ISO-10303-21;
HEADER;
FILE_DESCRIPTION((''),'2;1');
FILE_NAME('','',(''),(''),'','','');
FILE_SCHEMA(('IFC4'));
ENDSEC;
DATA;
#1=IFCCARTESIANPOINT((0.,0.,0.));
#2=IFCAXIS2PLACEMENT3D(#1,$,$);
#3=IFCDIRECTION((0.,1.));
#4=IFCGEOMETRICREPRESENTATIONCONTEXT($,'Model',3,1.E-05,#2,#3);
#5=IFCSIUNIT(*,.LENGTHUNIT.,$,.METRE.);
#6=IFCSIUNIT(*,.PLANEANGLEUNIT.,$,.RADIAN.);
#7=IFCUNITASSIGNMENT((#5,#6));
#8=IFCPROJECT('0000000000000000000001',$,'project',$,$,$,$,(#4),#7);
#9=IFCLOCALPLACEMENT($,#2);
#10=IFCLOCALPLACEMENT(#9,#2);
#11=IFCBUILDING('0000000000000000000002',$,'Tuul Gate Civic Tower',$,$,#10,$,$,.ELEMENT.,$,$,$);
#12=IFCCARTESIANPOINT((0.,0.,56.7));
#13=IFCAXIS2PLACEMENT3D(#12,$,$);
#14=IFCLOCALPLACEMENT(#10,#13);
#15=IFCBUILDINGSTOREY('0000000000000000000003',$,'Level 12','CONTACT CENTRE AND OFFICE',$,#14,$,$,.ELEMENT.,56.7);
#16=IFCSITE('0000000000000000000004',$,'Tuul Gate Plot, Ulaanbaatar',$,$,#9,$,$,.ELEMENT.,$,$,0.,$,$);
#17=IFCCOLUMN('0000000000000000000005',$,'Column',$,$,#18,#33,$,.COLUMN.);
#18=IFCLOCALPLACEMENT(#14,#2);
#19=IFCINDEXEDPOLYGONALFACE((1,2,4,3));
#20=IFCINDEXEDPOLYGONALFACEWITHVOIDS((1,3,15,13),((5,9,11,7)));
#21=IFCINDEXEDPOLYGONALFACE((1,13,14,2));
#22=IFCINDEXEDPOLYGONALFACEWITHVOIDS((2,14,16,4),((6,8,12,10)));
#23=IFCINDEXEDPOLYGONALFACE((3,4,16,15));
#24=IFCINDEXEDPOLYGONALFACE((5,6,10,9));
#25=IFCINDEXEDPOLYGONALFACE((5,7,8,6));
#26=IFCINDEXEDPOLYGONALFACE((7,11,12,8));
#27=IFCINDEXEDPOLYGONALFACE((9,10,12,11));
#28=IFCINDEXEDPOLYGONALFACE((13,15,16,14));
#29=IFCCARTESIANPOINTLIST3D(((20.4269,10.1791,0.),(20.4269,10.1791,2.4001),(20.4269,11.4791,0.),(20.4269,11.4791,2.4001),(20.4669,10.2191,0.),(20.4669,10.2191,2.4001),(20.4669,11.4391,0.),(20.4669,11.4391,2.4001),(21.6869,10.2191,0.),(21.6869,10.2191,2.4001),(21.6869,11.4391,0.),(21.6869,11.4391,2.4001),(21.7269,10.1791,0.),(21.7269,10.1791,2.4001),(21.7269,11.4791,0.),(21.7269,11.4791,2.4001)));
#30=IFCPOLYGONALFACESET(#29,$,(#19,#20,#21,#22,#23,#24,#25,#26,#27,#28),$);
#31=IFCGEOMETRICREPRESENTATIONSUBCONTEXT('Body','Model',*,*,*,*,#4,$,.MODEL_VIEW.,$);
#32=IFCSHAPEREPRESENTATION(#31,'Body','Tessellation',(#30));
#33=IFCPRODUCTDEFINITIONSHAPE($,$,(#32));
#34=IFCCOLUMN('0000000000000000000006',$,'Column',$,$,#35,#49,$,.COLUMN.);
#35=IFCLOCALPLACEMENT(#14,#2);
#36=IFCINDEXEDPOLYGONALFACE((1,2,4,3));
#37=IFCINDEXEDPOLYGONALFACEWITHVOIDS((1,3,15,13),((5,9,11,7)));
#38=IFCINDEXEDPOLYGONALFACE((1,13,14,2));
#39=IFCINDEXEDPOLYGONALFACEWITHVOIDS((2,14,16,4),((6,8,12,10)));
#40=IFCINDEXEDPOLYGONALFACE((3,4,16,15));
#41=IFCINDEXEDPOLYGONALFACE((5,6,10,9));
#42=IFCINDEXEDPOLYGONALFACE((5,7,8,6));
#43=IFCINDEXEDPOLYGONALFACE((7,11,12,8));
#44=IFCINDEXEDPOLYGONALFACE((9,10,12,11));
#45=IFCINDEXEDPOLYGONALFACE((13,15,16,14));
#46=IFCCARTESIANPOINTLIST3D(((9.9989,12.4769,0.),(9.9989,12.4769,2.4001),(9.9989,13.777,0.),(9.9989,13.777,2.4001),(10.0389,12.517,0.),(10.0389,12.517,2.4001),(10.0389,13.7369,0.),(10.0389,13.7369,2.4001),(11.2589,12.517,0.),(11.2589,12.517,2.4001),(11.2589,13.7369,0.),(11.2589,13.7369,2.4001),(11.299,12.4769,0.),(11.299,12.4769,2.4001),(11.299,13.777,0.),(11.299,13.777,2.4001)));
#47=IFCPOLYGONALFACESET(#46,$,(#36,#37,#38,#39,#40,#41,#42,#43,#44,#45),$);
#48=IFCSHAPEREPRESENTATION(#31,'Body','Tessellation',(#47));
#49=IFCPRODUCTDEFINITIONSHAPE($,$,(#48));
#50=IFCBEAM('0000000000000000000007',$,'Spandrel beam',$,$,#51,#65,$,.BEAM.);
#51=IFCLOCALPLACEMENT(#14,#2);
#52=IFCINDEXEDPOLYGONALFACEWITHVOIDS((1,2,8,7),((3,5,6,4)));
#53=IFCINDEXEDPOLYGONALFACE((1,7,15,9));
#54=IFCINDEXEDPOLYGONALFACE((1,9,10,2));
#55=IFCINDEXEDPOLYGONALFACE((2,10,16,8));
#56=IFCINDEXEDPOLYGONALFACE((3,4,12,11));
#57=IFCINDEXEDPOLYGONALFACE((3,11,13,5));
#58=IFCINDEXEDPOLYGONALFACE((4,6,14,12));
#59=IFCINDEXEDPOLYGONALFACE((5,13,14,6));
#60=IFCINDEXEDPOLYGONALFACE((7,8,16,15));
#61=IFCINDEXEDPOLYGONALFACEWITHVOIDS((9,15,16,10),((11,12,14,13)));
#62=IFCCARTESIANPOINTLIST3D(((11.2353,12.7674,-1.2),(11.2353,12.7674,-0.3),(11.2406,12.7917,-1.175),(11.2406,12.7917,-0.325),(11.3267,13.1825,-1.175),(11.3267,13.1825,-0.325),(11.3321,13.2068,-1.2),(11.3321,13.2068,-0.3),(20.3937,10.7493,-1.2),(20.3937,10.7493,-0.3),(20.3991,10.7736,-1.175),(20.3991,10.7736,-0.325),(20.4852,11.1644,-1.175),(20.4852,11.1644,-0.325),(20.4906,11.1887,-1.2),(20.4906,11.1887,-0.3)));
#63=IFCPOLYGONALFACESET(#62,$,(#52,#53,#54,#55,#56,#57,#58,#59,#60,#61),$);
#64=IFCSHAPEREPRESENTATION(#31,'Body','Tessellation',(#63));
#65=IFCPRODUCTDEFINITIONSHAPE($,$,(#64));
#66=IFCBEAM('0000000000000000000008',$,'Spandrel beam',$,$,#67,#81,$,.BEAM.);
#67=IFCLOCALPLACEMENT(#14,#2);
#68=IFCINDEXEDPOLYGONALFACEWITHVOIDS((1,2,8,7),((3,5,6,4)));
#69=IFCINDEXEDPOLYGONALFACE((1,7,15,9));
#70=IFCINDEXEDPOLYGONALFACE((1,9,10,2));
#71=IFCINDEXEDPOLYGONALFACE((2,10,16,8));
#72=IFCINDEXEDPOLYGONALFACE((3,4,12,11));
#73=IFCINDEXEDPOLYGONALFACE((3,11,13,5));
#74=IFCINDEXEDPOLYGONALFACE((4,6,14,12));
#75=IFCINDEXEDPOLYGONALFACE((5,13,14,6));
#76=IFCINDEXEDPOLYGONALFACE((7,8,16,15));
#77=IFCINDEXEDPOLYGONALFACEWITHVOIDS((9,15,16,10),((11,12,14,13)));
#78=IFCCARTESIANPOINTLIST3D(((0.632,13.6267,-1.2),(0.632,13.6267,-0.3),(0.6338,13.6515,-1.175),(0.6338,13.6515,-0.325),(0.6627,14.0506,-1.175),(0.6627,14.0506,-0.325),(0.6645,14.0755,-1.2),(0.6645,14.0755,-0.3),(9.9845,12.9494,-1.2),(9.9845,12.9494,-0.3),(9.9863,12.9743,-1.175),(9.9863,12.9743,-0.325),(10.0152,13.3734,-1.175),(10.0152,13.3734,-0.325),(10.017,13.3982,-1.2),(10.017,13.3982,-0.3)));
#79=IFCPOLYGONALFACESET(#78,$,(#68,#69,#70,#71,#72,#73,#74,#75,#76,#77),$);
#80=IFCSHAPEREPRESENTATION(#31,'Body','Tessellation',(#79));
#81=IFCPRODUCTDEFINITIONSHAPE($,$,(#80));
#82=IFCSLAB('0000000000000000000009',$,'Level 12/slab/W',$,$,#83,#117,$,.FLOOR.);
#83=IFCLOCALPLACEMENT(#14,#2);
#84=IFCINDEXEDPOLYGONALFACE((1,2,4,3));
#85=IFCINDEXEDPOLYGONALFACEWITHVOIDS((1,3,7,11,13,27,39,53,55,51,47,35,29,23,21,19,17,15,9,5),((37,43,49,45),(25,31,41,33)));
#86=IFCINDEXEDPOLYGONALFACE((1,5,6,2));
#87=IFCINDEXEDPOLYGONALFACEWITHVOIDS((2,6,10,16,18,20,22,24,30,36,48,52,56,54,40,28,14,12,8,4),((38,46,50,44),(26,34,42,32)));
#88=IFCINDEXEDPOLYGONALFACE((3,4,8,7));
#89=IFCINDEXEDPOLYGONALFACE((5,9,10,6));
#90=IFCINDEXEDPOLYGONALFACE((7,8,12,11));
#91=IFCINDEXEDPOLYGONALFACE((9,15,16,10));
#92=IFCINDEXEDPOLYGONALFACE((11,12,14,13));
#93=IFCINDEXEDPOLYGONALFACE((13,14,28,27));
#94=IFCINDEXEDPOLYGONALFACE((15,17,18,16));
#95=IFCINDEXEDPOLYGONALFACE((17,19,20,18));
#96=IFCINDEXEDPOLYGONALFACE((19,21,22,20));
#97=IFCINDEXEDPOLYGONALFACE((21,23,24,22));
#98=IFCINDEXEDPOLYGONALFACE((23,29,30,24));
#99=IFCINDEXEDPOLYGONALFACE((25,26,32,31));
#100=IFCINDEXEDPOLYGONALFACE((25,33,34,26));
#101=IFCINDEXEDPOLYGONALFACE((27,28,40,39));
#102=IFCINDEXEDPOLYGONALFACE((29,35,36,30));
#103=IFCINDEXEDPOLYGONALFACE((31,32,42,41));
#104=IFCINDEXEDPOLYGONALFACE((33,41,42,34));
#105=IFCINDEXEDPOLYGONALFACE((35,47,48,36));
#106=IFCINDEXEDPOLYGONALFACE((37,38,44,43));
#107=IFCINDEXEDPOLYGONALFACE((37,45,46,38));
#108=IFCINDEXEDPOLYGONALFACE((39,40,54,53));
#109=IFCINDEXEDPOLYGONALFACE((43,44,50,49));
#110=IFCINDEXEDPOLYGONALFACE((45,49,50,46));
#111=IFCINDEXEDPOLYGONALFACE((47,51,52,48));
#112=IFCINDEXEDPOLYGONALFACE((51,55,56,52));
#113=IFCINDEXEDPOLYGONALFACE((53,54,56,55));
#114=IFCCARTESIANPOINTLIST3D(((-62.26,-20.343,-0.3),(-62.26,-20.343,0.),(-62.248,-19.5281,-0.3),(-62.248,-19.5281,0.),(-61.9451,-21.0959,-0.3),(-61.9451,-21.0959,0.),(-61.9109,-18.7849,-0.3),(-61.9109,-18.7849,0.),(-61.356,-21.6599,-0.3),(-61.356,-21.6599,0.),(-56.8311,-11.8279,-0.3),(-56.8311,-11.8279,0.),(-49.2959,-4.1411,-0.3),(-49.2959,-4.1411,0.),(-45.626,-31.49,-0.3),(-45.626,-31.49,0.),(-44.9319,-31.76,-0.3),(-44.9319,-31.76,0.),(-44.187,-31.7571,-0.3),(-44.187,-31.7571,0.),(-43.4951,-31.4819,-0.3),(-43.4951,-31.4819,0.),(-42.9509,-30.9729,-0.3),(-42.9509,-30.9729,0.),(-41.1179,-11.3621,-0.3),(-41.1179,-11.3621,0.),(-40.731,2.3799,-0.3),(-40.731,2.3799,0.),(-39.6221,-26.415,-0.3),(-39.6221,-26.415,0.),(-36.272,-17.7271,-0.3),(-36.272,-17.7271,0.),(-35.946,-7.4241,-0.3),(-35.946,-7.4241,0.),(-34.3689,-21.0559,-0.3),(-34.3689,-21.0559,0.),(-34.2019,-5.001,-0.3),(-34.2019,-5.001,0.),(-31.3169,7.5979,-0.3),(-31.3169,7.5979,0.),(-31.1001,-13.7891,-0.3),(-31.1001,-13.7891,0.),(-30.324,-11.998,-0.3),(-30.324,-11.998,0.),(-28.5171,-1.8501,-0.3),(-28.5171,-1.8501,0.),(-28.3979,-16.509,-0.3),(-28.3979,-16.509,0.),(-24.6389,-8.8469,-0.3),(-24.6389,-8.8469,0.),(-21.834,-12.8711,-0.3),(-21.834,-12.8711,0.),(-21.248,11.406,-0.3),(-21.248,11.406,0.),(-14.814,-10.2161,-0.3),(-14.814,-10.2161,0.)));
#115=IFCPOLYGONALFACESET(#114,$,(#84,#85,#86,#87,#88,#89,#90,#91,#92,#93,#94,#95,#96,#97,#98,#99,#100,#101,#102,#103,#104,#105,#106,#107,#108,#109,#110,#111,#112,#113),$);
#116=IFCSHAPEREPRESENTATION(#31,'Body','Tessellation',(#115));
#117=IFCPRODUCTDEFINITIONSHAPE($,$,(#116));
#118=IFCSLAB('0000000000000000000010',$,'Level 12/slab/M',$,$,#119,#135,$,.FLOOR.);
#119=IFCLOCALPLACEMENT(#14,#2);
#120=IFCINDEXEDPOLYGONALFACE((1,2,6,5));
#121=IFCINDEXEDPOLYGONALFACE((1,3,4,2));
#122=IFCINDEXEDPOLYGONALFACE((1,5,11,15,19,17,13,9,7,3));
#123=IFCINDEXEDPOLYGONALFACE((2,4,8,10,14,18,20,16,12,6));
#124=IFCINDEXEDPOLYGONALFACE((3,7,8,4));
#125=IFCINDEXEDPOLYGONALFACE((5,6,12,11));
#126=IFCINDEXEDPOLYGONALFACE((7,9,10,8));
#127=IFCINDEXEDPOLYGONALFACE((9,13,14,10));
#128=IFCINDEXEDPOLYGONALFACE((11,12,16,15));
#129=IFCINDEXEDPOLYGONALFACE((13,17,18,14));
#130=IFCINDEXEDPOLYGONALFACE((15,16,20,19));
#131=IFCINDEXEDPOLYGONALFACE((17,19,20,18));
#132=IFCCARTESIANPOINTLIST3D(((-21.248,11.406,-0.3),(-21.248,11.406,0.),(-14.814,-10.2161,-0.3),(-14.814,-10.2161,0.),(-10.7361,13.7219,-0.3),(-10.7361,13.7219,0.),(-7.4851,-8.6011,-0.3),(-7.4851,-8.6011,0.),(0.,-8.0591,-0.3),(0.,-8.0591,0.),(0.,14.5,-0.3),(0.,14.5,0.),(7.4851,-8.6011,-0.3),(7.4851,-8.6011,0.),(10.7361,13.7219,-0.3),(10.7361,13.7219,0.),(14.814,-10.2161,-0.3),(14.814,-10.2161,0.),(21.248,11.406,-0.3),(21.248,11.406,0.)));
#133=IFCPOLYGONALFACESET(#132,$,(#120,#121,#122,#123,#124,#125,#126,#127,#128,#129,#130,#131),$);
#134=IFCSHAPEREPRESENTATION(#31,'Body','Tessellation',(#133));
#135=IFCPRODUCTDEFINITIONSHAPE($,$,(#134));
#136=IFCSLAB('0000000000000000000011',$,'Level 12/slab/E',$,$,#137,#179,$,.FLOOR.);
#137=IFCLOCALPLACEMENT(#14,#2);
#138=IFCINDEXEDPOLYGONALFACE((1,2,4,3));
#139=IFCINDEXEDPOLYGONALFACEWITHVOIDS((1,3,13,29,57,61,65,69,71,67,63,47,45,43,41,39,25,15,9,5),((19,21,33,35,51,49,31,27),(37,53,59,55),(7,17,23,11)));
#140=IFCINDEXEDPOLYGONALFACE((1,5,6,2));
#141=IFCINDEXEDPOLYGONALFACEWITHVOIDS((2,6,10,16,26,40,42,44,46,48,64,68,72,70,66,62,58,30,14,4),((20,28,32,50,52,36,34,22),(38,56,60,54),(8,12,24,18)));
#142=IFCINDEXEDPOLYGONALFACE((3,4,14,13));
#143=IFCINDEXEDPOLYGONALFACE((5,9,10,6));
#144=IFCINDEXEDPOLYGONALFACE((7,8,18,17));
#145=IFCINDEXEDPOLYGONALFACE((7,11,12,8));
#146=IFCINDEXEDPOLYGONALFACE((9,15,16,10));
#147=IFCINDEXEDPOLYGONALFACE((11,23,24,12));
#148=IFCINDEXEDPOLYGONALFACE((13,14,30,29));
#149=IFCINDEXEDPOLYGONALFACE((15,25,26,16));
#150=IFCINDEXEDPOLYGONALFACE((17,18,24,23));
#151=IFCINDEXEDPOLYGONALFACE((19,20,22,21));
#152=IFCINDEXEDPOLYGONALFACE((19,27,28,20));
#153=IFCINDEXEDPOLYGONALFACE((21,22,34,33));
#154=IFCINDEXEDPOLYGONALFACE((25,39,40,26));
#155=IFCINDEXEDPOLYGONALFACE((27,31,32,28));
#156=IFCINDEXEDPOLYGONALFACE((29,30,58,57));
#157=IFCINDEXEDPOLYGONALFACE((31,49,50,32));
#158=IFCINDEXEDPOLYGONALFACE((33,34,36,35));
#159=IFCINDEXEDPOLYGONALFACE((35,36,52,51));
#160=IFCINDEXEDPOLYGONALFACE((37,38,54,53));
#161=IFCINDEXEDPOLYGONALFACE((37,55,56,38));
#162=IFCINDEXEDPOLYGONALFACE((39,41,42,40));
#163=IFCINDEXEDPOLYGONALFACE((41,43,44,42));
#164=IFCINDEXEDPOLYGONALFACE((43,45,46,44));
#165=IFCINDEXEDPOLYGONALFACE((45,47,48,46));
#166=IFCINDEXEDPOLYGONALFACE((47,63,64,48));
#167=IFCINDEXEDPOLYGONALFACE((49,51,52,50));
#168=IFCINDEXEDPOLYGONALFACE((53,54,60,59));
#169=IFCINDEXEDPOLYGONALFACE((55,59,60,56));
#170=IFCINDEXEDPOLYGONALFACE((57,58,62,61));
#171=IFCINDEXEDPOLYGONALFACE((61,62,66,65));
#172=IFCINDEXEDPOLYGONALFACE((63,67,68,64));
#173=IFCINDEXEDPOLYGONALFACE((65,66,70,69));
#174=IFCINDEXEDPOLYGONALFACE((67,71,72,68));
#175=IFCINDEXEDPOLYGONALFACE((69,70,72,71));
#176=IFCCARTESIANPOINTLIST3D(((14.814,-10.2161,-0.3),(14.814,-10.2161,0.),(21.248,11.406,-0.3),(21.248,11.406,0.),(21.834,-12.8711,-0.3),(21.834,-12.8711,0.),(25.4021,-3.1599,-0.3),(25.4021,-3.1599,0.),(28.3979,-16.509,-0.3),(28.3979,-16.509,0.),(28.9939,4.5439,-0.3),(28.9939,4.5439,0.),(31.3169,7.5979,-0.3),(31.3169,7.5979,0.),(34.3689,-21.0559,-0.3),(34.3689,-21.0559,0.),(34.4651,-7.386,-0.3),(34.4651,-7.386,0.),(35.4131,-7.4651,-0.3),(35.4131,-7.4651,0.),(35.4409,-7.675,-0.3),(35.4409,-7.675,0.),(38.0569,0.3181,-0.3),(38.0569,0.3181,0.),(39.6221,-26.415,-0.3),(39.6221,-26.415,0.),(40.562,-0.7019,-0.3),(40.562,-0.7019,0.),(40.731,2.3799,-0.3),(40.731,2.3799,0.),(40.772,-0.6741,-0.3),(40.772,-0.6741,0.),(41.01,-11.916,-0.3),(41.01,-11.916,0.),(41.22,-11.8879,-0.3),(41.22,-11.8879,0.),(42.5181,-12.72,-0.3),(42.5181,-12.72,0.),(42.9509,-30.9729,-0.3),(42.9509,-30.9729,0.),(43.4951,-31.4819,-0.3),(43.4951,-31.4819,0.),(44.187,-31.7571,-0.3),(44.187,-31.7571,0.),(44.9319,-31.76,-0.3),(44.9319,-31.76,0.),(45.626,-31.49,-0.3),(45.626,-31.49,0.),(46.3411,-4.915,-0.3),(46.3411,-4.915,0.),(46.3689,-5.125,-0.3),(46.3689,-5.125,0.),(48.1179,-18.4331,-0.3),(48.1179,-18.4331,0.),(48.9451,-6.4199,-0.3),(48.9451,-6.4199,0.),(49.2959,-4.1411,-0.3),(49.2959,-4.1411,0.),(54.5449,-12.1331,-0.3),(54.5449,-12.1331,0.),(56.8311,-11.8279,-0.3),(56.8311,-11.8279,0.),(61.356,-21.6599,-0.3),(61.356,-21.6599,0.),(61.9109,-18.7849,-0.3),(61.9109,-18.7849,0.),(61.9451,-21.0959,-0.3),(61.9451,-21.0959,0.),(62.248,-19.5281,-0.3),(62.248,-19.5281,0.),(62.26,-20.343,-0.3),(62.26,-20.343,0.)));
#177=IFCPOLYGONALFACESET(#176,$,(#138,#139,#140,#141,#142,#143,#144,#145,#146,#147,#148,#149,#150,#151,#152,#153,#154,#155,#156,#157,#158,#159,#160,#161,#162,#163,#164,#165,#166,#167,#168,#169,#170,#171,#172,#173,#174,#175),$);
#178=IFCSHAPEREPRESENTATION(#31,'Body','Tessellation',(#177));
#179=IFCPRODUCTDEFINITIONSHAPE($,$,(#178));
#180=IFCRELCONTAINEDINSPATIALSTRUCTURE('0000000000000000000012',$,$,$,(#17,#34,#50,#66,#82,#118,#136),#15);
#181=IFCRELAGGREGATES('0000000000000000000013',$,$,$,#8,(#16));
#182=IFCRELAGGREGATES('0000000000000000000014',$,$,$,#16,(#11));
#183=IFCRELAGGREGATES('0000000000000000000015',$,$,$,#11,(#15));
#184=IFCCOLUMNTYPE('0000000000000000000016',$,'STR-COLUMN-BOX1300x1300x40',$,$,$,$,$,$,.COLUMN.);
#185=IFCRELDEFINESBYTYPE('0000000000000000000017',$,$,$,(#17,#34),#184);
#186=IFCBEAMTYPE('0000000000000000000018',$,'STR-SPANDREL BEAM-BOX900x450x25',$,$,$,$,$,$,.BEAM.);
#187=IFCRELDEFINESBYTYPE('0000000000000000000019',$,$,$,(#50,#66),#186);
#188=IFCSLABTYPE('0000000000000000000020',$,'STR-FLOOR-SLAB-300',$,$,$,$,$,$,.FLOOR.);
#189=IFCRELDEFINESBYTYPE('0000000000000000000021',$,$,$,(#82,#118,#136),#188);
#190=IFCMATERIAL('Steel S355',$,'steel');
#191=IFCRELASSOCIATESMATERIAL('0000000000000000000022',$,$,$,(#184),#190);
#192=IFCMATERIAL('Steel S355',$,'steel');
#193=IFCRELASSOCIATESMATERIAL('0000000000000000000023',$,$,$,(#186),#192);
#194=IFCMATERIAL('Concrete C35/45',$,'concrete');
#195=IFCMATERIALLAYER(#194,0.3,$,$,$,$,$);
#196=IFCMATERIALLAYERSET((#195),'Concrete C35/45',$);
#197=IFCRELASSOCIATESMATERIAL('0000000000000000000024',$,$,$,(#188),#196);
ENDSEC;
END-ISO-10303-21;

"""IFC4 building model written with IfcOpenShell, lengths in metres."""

from ifc_helpers import new_model, si_unit, direction, frame, origin, origin_2d, place, context, subcontext, project, spatial, polyline, hollow_rectangle, outline, extrude, material, layer, layer_set, material_profile, profile_set, type_object, element, save


model = new_model("IFC4")

# Units and contexts
model_context = context("Model", 3, precision=1e-05, world=origin(), true_north=direction((0.0, 1.0)))
body_context = subcontext(model_context, "Body", "Model", "MODEL_VIEW")
ifc_project = project(units=[si_unit("LENGTHUNIT", "METRE"), si_unit("PLANEANGLEUNIT", "RADIAN")], contexts=[model_context])

# Site, building, storey
site_placement = place(None, origin())
site = spatial("IfcSite", under=ifc_project, at=site_placement, Name="Tuul Gate Plot, Ulaanbaatar", CompositionType="ELEMENT", RefElevation=0.0)
building_placement = place(site_placement, origin())
building = spatial("IfcBuilding", under=site, at=building_placement, Name="Tuul Gate Civic Tower", CompositionType="ELEMENT")
storey_placement = place(building_placement, frame((0.0, 0.0, 56.7)))
storey = spatial("IfcBuildingStorey", under=building, at=storey_placement, Name="Level 12", Description="CONTACT CENTRE AND OFFICE", CompositionType="ELEMENT", Elevation=56.7)

# Columns
ifc_material_1 = material(Name="Steel S355", Category="steel")
ifc_material_profile_1 = material_profile(ifc_material_1, hollow_rectangle(XDim=1.3, YDim=1.3, WallThickness=0.04, at=origin_2d()), Name="BOX1300x1300x40")
ifc_profile_set_1 = profile_set([ifc_material_profile_1], Name="Steel S355")
column_type = type_object("IfcColumnType", Name="STR-COLUMN-BOX1300x1300x40", PredefinedType="COLUMN", material=ifc_profile_set_1)
for number, where, z_axis, x_axis, name in (
    (1, (21.0769, 10.8291, 0.0), (0.0, 0.0, 1.0), (1.0, 0.0, 0.0), "Column"),
    (2, (10.6489, 13.127, 0.0), (0.0, 0.0, 1.0), (1.0, 0.0, 0.0), "Column"),
):
    element("IfcColumn", number, at=place(storey_placement, frame(where, z_axis=z_axis, x_axis=x_axis)), inside=storey, type_object=column_type, Name=name, PredefinedType="COLUMN", context=body_context, shape_type="SweptSolid", body=[
        extrude(hollow_rectangle(XDim=1.3, YDim=1.3, WallThickness=0.04, at=origin_2d()), origin(), (0.0, 0.0, 1.0), 2.4001),
    ])

# Beams
ifc_material_2 = material(Name="Steel S355", Category="steel")
ifc_material_profile_2 = material_profile(ifc_material_2, hollow_rectangle(XDim=0.45, YDim=0.8999, WallThickness=0.0249, at=origin_2d()), Name="BOX900x450x25")
ifc_profile_set_2 = profile_set([ifc_material_profile_2], Name="Steel S355")
beam_type = type_object("IfcBeamType", Name="STR-SPANDREL BEAM-BOX900x450x25", PredefinedType="BEAM", material=ifc_profile_set_2)
beam_1_placement = place(storey_placement, frame((20.4421, 10.969, -0.75), z_axis=(-0.976573, 0.215188, 0.0), x_axis=(-0.215188, -0.976573, 0.0)))
element("IfcBeam", 3, at=beam_1_placement, inside=storey, type_object=beam_type, Name="Spandrel beam", PredefinedType="BEAM", context=body_context, shape_type="SweptSolid", body=[
    extrude(hollow_rectangle(XDim=0.45, YDim=0.8999, WallThickness=0.0249, at=origin_2d()), origin(), (0.0, 0.0, 1.0), 9.3782),
])
beam_2_placement = place(storey_placement, frame((10.0007, 13.1738, -0.75), z_axis=(-0.997388, 0.072224, 0.0), x_axis=(-0.072224, -0.997388, 0.0)))
element("IfcBeam", 4, at=beam_2_placement, inside=storey, type_object=beam_type, Name="Spandrel beam", PredefinedType="BEAM", context=body_context, shape_type="SweptSolid", body=[
    extrude(hollow_rectangle(XDim=0.45, YDim=0.8999, WallThickness=0.0249, at=origin_2d()), origin(), (0.0, 0.0, 1.0), 9.377),
])

# Slabs
ifc_material_3 = material(Name="Concrete C35/45", Category="concrete")
ifc_layer_1 = layer(ifc_material_3, 0.3)
ifc_layer_set_1 = layer_set([ifc_layer_1], Name="Concrete C35/45")
slab_type = type_object("IfcSlabType", Name="STR-FLOOR-SLAB-300", PredefinedType="FLOOR", material=ifc_layer_set_1)
slab_1_placement = place(storey_placement, frame((0.0, 0.0, -0.3)))
element("IfcSlab", 5, at=slab_1_placement, inside=storey, type_object=slab_type, Name="Level 12/slab/W", PredefinedType="FLOOR", context=body_context, shape_type="SweptSolid", body=[
    extrude(outline(polyline([(-21.834, -12.8711), (-14.814, -10.2161), (-21.248, 11.406), (-31.3169, 7.5979), (-40.731, 2.3799), (-49.2959, -4.1411), (-56.8311, -11.8279), (-61.9109, -18.7849), (-62.248, -19.5281), (-62.26, -20.343), (-61.9451, -21.0959), (-61.356, -21.6599), (-45.626, -31.49), (-44.9319, -31.76), (-44.187, -31.7571), (-43.4951, -31.4819), (-42.9509, -30.9729), (-39.6221, -26.415), (-34.3689, -21.0559), (-28.3979, -16.509), (-21.834, -12.8711)]), holes=[polyline([(-31.1001, -13.7891), (-36.272, -17.7271), (-41.1179, -11.3621), (-35.946, -7.4241), (-31.1001, -13.7891)]), polyline([(-24.6389, -8.8469), (-30.324, -11.998), (-34.2019, -5.001), (-28.5171, -1.8501), (-24.6389, -8.8469)])]), origin(), (0.0, 0.0, 1.0), 0.3),
])
slab_2_placement = place(storey_placement, frame((0.0, 0.0, -0.3)))
element("IfcSlab", 6, at=slab_2_placement, inside=storey, type_object=slab_type, Name="Level 12/slab/M", PredefinedType="FLOOR", context=body_context, shape_type="SweptSolid", body=[
    extrude(outline(polyline([(14.814, -10.2161), (21.248, 11.406), (10.7361, 13.7219), (0.0, 14.5), (-10.7361, 13.7219), (-21.248, 11.406), (-14.814, -10.2161), (-7.4851, -8.6011), (0.0, -8.0591), (7.4851, -8.6011), (14.814, -10.2161)])), origin(), (0.0, 0.0, 1.0), 0.3),
])
slab_3_placement = place(storey_placement, frame((0.0, 0.0, -0.3)))
element("IfcSlab", 7, at=slab_3_placement, inside=storey, type_object=slab_type, Name="Level 12/slab/E", PredefinedType="FLOOR", context=body_context, shape_type="SweptSolid", body=[
    extrude(outline(polyline([(44.9319, -31.76), (45.626, -31.49), (61.356, -21.6599), (61.9451, -21.0959), (62.26, -20.343), (62.248, -19.5281), (61.9109, -18.7849), (56.8311, -11.8279), (49.2959, -4.1411), (40.731, 2.3799), (31.3169, 7.5979), (21.248, 11.406), (14.814, -10.2161), (21.834, -12.8711), (28.3979, -16.509), (34.3689, -21.0559), (39.6221, -26.415), (42.9509, -30.9729), (43.4951, -31.4819), (44.187, -31.7571), (44.9319, -31.76)]), holes=[polyline([(48.1179, -18.4331), (42.5181, -12.72), (48.9451, -6.4199), (54.5449, -12.1331), (48.1179, -18.4331)]), polyline([(35.4409, -7.675), (35.4131, -7.4651), (40.562, -0.7019), (40.772, -0.6741), (46.3411, -4.915), (46.3689, -5.125), (41.22, -11.8879), (41.01, -11.916), (35.4409, -7.675)]), polyline([(25.4021, -3.1599), (28.9939, 4.5439), (38.0569, 0.3181), (34.4651, -7.386), (25.4021, -3.1599)])]), origin(), (0.0, 0.0, 1.0), 0.3),
])

save(model, "model.ifc")
